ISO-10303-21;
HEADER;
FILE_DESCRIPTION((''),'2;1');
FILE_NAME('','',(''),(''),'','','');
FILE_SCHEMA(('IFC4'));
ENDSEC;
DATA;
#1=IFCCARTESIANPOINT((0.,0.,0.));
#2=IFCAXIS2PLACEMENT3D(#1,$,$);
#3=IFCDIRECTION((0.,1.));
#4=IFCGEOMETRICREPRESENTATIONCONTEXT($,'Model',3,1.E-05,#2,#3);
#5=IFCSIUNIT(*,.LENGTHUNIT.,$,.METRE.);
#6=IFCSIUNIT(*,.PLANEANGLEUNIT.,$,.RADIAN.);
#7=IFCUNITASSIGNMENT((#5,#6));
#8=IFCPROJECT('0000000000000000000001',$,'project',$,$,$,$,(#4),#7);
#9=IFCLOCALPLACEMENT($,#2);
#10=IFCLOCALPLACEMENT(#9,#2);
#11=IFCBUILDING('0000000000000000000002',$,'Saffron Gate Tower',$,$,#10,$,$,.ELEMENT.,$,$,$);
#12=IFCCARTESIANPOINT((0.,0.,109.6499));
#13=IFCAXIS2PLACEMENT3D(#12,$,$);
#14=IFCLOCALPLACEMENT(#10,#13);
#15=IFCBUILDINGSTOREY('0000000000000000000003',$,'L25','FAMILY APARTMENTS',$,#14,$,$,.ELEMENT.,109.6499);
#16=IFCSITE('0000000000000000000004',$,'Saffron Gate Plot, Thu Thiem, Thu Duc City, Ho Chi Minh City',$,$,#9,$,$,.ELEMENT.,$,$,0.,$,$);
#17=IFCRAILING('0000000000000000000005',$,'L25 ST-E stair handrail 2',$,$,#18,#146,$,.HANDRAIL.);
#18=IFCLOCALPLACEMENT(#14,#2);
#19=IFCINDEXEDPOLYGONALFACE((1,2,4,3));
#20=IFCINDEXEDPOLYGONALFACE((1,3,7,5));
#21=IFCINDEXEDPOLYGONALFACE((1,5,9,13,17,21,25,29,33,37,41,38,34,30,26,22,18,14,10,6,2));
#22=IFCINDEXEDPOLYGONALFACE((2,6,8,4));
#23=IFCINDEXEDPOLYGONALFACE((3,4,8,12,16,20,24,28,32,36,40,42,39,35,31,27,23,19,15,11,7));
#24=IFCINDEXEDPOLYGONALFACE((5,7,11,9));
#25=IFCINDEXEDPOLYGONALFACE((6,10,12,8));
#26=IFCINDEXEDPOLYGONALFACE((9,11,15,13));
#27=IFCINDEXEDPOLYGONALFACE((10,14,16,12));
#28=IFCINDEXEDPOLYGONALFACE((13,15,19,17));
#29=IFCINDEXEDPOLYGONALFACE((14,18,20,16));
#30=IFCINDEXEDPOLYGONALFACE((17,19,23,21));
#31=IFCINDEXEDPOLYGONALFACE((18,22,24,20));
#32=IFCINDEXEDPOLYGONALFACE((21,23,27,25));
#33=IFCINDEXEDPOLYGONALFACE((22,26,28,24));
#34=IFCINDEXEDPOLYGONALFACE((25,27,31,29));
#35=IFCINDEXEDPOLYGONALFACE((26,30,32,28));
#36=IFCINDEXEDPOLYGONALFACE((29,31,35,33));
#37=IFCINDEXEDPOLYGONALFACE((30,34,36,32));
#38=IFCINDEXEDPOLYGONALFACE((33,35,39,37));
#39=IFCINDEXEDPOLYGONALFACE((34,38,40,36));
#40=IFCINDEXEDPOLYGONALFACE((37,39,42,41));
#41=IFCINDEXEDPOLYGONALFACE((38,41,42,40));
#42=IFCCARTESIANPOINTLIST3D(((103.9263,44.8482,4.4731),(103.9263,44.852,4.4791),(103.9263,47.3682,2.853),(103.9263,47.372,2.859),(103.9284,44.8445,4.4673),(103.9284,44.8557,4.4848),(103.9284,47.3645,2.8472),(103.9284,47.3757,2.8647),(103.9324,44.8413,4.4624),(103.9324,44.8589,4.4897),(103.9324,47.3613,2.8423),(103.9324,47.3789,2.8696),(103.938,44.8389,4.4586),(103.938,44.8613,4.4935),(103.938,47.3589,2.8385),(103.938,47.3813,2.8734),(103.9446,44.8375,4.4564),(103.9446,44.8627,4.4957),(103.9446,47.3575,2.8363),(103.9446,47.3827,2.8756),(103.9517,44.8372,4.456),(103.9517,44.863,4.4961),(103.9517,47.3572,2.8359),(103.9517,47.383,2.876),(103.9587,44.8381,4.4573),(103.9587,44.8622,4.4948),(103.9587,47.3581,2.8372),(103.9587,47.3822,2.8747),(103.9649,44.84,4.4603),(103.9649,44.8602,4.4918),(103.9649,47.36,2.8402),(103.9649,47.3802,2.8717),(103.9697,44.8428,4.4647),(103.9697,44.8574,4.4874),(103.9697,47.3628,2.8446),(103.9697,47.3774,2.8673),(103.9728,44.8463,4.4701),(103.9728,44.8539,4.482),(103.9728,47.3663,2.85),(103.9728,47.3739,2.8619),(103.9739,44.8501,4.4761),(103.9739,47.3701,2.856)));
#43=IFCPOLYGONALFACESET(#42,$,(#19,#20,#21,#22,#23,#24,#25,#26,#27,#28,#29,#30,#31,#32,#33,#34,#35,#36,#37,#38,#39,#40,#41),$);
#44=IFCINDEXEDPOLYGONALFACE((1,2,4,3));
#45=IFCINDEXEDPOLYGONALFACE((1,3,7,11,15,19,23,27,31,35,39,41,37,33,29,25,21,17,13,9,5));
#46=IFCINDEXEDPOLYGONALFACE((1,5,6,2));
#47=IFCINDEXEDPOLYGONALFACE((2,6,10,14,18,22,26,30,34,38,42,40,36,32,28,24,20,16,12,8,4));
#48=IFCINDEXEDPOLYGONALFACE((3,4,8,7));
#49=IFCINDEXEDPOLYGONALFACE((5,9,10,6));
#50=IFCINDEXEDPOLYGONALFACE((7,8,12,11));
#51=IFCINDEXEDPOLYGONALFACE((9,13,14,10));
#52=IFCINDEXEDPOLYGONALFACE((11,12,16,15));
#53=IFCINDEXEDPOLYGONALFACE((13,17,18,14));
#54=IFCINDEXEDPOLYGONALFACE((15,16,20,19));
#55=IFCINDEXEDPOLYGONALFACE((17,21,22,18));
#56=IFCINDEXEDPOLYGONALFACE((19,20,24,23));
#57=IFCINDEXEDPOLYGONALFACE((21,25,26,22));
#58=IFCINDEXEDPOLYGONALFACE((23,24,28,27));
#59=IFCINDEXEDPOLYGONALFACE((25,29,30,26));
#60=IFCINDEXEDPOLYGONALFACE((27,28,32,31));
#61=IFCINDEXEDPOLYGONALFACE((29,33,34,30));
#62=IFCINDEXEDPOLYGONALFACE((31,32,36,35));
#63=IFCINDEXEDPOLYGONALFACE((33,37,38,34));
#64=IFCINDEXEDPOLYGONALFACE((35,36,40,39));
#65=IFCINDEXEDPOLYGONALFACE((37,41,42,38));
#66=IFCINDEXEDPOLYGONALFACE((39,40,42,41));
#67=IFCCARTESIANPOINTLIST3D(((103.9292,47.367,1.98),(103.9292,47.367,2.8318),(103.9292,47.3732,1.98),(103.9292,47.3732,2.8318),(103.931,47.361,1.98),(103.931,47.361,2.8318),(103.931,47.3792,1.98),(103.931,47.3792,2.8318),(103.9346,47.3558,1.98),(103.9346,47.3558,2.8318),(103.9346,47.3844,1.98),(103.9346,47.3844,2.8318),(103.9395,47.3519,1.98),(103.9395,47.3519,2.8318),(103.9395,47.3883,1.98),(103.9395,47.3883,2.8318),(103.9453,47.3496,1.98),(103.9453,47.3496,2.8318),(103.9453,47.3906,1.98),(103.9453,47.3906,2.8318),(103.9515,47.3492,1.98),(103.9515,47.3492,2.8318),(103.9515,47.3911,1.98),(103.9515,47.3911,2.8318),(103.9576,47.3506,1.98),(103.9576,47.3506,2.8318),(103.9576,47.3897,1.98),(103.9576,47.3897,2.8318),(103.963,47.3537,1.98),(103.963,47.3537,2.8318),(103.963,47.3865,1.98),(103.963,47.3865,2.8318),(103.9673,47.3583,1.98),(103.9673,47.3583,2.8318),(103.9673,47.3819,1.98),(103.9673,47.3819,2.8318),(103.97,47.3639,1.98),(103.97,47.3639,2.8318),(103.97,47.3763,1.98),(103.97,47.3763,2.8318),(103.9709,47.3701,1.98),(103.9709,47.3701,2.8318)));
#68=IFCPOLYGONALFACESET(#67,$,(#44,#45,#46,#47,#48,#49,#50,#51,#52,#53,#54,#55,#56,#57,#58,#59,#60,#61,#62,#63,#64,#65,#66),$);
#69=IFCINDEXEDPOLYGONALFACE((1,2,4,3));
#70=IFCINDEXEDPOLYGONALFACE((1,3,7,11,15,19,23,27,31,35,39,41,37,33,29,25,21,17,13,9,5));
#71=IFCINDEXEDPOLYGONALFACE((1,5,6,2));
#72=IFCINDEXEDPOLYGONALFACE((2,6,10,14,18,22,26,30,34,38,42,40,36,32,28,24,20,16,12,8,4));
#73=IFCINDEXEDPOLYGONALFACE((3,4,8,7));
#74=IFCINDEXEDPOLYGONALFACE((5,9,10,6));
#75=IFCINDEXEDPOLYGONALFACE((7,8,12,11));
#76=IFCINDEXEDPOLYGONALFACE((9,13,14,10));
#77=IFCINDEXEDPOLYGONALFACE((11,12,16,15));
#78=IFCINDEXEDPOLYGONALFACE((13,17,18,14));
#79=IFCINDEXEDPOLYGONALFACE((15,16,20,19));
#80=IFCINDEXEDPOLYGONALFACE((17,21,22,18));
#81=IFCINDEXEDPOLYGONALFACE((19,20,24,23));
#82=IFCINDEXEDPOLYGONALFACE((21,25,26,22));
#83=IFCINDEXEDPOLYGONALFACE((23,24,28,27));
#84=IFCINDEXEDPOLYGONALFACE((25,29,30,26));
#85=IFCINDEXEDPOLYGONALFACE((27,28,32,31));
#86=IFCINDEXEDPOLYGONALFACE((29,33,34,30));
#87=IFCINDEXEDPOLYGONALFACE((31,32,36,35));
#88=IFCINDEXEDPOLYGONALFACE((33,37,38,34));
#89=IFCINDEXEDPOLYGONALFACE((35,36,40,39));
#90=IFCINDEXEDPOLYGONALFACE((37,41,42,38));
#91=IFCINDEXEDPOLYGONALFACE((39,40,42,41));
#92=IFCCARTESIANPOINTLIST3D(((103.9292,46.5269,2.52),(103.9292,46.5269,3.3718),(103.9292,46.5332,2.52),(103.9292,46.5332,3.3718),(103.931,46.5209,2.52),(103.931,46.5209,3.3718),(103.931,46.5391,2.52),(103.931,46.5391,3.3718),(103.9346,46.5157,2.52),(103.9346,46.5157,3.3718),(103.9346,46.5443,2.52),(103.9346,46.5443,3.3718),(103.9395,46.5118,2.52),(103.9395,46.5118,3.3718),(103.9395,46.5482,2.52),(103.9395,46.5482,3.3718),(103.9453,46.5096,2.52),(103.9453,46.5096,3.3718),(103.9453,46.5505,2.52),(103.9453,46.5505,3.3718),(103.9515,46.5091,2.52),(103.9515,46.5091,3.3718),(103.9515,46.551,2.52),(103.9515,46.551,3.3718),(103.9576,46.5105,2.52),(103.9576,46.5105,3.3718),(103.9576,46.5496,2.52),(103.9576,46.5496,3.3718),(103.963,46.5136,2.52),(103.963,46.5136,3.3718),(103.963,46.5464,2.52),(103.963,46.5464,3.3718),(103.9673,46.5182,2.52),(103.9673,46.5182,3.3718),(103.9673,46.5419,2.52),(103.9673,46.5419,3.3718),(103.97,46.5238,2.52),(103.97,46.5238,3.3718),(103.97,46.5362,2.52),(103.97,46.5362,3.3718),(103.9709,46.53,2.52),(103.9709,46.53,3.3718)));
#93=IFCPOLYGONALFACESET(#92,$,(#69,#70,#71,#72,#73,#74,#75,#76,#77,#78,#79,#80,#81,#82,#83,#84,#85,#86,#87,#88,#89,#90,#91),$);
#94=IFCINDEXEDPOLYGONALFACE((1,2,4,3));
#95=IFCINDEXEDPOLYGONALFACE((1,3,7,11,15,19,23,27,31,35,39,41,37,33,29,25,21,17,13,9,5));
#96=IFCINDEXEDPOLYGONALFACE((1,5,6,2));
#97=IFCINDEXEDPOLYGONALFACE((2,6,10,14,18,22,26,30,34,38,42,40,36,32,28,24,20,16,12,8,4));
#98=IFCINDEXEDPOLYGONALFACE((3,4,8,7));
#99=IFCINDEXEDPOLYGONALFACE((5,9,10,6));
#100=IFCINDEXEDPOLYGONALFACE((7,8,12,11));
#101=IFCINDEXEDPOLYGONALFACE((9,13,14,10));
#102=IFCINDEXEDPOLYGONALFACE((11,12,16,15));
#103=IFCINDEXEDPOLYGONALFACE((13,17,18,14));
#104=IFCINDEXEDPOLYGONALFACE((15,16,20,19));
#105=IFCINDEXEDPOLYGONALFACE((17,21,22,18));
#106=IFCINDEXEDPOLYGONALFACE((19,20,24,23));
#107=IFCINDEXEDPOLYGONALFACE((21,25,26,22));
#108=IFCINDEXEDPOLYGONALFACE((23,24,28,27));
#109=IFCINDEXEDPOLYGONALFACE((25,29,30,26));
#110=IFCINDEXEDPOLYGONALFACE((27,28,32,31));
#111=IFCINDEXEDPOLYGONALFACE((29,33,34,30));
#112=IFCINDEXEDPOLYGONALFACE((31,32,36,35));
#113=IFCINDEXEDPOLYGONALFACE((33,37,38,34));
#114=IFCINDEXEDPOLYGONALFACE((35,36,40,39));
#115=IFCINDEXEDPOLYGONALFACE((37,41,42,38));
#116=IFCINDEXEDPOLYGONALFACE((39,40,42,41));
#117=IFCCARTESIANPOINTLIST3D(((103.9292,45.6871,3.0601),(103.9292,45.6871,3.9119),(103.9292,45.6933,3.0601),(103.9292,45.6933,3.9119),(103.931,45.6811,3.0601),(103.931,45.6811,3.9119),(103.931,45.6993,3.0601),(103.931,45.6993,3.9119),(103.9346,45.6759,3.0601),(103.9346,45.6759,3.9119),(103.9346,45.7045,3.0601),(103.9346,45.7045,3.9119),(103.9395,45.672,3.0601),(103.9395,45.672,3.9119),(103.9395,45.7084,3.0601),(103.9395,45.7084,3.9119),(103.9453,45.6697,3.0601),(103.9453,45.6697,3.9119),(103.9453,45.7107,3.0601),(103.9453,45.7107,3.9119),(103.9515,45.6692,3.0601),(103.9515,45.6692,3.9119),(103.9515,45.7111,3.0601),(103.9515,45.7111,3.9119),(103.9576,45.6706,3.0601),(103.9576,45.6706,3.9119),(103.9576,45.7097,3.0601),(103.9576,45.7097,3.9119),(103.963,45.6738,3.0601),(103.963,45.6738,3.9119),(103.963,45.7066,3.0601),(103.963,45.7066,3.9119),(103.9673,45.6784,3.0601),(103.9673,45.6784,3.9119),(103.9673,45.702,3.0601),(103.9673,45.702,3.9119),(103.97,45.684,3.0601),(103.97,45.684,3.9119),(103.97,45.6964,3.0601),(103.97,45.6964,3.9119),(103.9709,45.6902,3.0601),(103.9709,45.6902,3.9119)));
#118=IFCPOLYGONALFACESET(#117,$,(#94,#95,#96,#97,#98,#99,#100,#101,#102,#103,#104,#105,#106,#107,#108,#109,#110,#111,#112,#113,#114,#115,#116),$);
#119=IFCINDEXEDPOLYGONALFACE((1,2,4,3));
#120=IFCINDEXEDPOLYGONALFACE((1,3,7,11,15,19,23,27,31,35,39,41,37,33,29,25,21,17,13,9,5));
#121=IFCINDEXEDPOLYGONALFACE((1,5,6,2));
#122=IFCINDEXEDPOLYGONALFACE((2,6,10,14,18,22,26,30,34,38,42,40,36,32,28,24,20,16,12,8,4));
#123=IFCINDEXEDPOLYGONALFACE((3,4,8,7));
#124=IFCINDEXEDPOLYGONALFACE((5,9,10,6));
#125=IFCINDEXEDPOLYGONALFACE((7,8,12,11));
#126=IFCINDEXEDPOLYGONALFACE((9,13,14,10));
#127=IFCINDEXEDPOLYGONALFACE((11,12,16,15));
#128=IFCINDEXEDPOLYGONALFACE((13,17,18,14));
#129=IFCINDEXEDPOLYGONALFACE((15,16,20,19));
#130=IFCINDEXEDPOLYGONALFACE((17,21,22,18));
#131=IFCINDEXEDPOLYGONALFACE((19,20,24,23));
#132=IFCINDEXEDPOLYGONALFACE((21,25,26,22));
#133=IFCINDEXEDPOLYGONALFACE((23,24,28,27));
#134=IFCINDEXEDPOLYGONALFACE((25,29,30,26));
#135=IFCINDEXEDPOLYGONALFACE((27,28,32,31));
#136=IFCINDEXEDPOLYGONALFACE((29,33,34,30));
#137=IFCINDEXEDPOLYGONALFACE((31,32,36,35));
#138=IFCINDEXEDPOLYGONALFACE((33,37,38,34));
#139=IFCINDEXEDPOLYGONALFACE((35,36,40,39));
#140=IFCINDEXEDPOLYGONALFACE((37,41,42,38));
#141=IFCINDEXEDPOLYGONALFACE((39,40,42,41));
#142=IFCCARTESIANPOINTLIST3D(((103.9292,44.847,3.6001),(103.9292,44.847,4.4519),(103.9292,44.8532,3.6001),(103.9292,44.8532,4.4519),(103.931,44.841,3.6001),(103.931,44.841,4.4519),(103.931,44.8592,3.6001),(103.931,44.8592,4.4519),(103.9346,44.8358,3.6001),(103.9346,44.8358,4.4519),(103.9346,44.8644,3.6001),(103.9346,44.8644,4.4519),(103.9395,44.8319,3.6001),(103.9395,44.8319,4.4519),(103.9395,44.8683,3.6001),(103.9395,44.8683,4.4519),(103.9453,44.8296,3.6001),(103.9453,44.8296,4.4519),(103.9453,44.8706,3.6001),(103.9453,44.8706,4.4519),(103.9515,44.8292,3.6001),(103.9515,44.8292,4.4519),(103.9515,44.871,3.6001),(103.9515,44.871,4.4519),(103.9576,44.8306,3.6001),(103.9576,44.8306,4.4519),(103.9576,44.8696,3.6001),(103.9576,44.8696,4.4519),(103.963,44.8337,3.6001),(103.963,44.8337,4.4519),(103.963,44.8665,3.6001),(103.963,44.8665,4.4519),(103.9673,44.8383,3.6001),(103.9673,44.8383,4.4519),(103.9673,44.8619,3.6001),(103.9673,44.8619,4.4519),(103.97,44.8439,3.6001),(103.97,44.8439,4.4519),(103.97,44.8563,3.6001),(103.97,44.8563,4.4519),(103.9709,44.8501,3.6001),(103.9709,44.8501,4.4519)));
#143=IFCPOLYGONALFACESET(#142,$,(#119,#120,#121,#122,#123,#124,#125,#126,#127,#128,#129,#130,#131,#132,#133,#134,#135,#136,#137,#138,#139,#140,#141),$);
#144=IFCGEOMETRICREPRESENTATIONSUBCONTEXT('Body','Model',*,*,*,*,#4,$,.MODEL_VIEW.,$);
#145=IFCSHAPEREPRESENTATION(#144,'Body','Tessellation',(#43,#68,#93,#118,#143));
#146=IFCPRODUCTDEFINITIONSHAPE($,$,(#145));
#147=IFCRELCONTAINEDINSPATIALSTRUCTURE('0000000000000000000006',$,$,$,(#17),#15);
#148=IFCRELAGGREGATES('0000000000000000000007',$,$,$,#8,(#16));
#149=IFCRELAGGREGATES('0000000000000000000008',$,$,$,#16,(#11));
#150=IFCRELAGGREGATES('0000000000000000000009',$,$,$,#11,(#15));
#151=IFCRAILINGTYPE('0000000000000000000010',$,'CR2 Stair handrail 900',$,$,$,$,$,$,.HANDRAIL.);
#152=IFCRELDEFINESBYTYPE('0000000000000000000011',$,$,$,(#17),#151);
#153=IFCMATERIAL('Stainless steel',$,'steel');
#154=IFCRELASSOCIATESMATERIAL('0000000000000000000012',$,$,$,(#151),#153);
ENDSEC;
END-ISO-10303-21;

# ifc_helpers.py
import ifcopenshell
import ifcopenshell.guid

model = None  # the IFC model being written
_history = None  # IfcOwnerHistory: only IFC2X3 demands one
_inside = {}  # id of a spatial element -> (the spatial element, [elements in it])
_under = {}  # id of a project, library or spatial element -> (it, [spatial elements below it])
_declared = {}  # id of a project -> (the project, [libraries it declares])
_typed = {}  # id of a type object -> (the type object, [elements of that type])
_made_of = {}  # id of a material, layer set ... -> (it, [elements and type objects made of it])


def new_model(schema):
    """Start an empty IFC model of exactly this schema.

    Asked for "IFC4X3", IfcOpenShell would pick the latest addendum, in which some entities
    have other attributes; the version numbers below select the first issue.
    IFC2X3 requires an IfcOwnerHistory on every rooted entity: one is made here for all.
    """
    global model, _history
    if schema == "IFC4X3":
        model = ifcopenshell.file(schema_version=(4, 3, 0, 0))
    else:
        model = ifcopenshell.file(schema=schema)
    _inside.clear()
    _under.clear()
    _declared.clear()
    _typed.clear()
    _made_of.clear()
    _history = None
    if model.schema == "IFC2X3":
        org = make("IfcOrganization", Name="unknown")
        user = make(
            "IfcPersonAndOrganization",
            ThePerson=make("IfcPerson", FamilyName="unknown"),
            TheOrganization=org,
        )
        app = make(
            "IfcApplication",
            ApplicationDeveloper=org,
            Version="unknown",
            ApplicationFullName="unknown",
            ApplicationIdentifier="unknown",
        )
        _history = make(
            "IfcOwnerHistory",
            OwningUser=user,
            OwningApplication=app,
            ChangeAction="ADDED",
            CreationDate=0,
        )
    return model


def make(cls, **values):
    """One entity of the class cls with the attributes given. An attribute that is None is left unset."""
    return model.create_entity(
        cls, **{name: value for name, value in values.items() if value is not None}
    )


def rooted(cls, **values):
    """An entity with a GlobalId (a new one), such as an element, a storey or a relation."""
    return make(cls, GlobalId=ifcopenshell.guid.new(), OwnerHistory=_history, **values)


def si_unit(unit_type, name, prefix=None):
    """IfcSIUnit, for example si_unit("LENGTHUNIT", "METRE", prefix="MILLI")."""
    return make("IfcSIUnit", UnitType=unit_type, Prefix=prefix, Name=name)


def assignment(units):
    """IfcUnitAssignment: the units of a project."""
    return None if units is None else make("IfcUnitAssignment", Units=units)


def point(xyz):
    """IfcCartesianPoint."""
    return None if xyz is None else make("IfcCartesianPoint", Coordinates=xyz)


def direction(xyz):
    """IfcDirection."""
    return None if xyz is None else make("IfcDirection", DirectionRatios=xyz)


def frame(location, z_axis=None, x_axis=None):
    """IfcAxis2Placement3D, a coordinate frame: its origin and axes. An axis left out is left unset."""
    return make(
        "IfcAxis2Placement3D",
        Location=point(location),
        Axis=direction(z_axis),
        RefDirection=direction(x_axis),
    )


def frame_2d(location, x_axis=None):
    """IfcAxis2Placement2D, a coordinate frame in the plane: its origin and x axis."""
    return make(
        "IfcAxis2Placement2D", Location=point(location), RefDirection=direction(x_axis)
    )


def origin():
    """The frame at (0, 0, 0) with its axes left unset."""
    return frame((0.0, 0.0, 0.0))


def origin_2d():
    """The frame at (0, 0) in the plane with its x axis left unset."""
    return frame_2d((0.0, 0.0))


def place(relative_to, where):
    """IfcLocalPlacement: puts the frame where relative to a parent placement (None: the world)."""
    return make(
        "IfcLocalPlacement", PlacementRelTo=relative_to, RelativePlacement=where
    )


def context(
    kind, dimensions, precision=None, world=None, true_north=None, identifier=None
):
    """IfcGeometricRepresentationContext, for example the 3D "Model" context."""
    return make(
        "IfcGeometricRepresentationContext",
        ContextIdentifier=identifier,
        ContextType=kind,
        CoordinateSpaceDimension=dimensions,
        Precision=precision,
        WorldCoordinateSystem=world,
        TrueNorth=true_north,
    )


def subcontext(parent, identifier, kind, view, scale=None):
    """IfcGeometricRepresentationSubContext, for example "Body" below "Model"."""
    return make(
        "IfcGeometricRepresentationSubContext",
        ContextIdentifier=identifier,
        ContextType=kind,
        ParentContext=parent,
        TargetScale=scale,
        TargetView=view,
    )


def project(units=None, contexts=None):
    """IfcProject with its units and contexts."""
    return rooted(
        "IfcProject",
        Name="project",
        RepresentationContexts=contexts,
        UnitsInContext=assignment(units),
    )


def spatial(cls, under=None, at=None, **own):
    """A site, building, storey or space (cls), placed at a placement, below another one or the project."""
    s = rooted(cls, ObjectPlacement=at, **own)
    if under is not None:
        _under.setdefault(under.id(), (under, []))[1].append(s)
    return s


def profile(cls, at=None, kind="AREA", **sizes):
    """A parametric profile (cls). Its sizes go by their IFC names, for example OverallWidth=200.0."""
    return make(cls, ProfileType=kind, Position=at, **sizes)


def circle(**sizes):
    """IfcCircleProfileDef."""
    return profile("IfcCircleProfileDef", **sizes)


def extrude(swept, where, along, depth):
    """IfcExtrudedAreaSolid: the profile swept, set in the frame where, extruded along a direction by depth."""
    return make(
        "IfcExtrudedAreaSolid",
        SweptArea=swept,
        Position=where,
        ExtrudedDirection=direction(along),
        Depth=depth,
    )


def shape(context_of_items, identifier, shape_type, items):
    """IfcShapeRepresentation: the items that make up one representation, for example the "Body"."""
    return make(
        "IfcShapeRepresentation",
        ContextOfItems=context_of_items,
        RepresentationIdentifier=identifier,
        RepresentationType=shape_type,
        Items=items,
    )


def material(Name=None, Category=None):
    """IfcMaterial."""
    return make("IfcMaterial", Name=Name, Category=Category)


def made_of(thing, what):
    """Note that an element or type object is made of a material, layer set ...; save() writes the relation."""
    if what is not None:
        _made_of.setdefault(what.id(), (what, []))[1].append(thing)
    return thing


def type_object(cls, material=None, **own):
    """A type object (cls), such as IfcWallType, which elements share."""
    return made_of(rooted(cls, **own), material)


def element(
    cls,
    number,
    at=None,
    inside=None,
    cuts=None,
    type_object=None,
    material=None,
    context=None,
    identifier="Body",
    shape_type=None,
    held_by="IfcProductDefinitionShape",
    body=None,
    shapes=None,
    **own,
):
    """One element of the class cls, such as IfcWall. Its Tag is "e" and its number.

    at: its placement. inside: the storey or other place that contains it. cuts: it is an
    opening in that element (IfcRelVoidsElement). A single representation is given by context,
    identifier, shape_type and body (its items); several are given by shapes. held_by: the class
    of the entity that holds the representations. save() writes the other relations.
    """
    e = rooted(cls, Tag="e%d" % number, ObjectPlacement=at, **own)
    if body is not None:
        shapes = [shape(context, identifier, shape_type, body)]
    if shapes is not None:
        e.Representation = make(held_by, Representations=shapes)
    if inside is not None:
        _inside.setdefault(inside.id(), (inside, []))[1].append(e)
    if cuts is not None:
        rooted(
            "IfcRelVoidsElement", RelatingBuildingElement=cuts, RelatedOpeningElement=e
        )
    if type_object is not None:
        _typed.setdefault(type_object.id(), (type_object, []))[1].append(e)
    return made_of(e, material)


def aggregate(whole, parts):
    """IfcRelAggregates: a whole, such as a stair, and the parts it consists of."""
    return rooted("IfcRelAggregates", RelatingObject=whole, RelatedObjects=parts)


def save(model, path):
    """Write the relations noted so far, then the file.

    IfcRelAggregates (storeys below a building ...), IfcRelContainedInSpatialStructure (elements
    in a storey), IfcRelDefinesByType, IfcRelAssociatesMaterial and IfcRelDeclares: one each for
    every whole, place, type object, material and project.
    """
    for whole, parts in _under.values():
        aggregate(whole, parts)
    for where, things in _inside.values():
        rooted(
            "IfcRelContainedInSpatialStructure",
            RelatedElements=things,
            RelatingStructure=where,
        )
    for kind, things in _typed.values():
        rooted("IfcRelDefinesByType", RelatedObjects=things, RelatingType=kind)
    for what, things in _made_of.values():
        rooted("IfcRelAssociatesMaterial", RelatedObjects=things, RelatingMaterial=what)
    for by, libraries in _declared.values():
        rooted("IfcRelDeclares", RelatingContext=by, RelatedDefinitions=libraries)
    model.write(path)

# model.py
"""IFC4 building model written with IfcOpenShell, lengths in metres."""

from ifc_helpers import new_model, si_unit, direction, frame, origin, origin_2d, place, context, subcontext, project, spatial, circle, extrude, material, type_object, element, save


model = new_model("IFC4")

# Units and contexts
model_context = context("Model", 3, precision=1e-05, world=origin(), true_north=direction((0.0, 1.0)))
body_context = subcontext(model_context, "Body", "Model", "MODEL_VIEW")
ifc_project = project(units=[si_unit("LENGTHUNIT", "METRE"), si_unit("PLANEANGLEUNIT", "RADIAN")], contexts=[model_context])

# Site, building, storey
site_placement = place(None, origin())
site = spatial("IfcSite", under=ifc_project, at=site_placement, Name="Saffron Gate Plot, Thu Thiem, Thu Duc City, Ho Chi Minh City", CompositionType="ELEMENT", RefElevation=0.0)
building_placement = place(site_placement, origin())
building = spatial("IfcBuilding", under=site, at=building_placement, Name="Saffron Gate Tower", CompositionType="ELEMENT")
storey_placement = place(building_placement, frame((0.0, 0.0, 109.6499)))
storey = spatial("IfcBuildingStorey", under=building, at=storey_placement, Name="L25", Description="FAMILY APARTMENTS", CompositionType="ELEMENT", Elevation=109.6499)

# Railing
ifc_material_1 = material(Name="Stainless steel", Category="steel")
railing_type_1 = type_object("IfcRailingType", Name="CR2 Stair handrail 900", PredefinedType="HANDRAIL", material=ifc_material_1)
railing_1_placement = place(storey_placement, frame((103.95, 47.3701, 1.98)))
element("IfcRailing", 1, at=railing_1_placement, inside=storey, type_object=railing_type_1, Name="L25 ST-E stair handrail 2", PredefinedType="HANDRAIL", context=body_context, shape_type="SweptSolid", body=[
    extrude(circle(Radius=0.0239, at=origin_2d()), frame((0.0, 0.0, 0.876), z_axis=(0.0, -0.841163, 0.540782), x_axis=(1.0, 0.0, 0.0)), (0.0, 0.0, 1.0), 2.9958),
    extrude(circle(Radius=0.021, at=origin_2d()), origin(), (0.0, 0.0, 1.0), 0.8518),
    extrude(circle(Radius=0.021, at=origin_2d()), frame((0.0, -0.8401, 0.54)), (0.0, 0.0, 1.0), 0.8518),
    extrude(circle(Radius=0.021, at=origin_2d()), frame((0.0, -1.6799, 1.0801)), (0.0, 0.0, 1.0), 0.8518),
    extrude(circle(Radius=0.021, at=origin_2d()), frame((0.0, -2.52, 1.6201)), (0.0, 0.0, 1.0), 0.8518),
])

save(model, "model.ifc")
